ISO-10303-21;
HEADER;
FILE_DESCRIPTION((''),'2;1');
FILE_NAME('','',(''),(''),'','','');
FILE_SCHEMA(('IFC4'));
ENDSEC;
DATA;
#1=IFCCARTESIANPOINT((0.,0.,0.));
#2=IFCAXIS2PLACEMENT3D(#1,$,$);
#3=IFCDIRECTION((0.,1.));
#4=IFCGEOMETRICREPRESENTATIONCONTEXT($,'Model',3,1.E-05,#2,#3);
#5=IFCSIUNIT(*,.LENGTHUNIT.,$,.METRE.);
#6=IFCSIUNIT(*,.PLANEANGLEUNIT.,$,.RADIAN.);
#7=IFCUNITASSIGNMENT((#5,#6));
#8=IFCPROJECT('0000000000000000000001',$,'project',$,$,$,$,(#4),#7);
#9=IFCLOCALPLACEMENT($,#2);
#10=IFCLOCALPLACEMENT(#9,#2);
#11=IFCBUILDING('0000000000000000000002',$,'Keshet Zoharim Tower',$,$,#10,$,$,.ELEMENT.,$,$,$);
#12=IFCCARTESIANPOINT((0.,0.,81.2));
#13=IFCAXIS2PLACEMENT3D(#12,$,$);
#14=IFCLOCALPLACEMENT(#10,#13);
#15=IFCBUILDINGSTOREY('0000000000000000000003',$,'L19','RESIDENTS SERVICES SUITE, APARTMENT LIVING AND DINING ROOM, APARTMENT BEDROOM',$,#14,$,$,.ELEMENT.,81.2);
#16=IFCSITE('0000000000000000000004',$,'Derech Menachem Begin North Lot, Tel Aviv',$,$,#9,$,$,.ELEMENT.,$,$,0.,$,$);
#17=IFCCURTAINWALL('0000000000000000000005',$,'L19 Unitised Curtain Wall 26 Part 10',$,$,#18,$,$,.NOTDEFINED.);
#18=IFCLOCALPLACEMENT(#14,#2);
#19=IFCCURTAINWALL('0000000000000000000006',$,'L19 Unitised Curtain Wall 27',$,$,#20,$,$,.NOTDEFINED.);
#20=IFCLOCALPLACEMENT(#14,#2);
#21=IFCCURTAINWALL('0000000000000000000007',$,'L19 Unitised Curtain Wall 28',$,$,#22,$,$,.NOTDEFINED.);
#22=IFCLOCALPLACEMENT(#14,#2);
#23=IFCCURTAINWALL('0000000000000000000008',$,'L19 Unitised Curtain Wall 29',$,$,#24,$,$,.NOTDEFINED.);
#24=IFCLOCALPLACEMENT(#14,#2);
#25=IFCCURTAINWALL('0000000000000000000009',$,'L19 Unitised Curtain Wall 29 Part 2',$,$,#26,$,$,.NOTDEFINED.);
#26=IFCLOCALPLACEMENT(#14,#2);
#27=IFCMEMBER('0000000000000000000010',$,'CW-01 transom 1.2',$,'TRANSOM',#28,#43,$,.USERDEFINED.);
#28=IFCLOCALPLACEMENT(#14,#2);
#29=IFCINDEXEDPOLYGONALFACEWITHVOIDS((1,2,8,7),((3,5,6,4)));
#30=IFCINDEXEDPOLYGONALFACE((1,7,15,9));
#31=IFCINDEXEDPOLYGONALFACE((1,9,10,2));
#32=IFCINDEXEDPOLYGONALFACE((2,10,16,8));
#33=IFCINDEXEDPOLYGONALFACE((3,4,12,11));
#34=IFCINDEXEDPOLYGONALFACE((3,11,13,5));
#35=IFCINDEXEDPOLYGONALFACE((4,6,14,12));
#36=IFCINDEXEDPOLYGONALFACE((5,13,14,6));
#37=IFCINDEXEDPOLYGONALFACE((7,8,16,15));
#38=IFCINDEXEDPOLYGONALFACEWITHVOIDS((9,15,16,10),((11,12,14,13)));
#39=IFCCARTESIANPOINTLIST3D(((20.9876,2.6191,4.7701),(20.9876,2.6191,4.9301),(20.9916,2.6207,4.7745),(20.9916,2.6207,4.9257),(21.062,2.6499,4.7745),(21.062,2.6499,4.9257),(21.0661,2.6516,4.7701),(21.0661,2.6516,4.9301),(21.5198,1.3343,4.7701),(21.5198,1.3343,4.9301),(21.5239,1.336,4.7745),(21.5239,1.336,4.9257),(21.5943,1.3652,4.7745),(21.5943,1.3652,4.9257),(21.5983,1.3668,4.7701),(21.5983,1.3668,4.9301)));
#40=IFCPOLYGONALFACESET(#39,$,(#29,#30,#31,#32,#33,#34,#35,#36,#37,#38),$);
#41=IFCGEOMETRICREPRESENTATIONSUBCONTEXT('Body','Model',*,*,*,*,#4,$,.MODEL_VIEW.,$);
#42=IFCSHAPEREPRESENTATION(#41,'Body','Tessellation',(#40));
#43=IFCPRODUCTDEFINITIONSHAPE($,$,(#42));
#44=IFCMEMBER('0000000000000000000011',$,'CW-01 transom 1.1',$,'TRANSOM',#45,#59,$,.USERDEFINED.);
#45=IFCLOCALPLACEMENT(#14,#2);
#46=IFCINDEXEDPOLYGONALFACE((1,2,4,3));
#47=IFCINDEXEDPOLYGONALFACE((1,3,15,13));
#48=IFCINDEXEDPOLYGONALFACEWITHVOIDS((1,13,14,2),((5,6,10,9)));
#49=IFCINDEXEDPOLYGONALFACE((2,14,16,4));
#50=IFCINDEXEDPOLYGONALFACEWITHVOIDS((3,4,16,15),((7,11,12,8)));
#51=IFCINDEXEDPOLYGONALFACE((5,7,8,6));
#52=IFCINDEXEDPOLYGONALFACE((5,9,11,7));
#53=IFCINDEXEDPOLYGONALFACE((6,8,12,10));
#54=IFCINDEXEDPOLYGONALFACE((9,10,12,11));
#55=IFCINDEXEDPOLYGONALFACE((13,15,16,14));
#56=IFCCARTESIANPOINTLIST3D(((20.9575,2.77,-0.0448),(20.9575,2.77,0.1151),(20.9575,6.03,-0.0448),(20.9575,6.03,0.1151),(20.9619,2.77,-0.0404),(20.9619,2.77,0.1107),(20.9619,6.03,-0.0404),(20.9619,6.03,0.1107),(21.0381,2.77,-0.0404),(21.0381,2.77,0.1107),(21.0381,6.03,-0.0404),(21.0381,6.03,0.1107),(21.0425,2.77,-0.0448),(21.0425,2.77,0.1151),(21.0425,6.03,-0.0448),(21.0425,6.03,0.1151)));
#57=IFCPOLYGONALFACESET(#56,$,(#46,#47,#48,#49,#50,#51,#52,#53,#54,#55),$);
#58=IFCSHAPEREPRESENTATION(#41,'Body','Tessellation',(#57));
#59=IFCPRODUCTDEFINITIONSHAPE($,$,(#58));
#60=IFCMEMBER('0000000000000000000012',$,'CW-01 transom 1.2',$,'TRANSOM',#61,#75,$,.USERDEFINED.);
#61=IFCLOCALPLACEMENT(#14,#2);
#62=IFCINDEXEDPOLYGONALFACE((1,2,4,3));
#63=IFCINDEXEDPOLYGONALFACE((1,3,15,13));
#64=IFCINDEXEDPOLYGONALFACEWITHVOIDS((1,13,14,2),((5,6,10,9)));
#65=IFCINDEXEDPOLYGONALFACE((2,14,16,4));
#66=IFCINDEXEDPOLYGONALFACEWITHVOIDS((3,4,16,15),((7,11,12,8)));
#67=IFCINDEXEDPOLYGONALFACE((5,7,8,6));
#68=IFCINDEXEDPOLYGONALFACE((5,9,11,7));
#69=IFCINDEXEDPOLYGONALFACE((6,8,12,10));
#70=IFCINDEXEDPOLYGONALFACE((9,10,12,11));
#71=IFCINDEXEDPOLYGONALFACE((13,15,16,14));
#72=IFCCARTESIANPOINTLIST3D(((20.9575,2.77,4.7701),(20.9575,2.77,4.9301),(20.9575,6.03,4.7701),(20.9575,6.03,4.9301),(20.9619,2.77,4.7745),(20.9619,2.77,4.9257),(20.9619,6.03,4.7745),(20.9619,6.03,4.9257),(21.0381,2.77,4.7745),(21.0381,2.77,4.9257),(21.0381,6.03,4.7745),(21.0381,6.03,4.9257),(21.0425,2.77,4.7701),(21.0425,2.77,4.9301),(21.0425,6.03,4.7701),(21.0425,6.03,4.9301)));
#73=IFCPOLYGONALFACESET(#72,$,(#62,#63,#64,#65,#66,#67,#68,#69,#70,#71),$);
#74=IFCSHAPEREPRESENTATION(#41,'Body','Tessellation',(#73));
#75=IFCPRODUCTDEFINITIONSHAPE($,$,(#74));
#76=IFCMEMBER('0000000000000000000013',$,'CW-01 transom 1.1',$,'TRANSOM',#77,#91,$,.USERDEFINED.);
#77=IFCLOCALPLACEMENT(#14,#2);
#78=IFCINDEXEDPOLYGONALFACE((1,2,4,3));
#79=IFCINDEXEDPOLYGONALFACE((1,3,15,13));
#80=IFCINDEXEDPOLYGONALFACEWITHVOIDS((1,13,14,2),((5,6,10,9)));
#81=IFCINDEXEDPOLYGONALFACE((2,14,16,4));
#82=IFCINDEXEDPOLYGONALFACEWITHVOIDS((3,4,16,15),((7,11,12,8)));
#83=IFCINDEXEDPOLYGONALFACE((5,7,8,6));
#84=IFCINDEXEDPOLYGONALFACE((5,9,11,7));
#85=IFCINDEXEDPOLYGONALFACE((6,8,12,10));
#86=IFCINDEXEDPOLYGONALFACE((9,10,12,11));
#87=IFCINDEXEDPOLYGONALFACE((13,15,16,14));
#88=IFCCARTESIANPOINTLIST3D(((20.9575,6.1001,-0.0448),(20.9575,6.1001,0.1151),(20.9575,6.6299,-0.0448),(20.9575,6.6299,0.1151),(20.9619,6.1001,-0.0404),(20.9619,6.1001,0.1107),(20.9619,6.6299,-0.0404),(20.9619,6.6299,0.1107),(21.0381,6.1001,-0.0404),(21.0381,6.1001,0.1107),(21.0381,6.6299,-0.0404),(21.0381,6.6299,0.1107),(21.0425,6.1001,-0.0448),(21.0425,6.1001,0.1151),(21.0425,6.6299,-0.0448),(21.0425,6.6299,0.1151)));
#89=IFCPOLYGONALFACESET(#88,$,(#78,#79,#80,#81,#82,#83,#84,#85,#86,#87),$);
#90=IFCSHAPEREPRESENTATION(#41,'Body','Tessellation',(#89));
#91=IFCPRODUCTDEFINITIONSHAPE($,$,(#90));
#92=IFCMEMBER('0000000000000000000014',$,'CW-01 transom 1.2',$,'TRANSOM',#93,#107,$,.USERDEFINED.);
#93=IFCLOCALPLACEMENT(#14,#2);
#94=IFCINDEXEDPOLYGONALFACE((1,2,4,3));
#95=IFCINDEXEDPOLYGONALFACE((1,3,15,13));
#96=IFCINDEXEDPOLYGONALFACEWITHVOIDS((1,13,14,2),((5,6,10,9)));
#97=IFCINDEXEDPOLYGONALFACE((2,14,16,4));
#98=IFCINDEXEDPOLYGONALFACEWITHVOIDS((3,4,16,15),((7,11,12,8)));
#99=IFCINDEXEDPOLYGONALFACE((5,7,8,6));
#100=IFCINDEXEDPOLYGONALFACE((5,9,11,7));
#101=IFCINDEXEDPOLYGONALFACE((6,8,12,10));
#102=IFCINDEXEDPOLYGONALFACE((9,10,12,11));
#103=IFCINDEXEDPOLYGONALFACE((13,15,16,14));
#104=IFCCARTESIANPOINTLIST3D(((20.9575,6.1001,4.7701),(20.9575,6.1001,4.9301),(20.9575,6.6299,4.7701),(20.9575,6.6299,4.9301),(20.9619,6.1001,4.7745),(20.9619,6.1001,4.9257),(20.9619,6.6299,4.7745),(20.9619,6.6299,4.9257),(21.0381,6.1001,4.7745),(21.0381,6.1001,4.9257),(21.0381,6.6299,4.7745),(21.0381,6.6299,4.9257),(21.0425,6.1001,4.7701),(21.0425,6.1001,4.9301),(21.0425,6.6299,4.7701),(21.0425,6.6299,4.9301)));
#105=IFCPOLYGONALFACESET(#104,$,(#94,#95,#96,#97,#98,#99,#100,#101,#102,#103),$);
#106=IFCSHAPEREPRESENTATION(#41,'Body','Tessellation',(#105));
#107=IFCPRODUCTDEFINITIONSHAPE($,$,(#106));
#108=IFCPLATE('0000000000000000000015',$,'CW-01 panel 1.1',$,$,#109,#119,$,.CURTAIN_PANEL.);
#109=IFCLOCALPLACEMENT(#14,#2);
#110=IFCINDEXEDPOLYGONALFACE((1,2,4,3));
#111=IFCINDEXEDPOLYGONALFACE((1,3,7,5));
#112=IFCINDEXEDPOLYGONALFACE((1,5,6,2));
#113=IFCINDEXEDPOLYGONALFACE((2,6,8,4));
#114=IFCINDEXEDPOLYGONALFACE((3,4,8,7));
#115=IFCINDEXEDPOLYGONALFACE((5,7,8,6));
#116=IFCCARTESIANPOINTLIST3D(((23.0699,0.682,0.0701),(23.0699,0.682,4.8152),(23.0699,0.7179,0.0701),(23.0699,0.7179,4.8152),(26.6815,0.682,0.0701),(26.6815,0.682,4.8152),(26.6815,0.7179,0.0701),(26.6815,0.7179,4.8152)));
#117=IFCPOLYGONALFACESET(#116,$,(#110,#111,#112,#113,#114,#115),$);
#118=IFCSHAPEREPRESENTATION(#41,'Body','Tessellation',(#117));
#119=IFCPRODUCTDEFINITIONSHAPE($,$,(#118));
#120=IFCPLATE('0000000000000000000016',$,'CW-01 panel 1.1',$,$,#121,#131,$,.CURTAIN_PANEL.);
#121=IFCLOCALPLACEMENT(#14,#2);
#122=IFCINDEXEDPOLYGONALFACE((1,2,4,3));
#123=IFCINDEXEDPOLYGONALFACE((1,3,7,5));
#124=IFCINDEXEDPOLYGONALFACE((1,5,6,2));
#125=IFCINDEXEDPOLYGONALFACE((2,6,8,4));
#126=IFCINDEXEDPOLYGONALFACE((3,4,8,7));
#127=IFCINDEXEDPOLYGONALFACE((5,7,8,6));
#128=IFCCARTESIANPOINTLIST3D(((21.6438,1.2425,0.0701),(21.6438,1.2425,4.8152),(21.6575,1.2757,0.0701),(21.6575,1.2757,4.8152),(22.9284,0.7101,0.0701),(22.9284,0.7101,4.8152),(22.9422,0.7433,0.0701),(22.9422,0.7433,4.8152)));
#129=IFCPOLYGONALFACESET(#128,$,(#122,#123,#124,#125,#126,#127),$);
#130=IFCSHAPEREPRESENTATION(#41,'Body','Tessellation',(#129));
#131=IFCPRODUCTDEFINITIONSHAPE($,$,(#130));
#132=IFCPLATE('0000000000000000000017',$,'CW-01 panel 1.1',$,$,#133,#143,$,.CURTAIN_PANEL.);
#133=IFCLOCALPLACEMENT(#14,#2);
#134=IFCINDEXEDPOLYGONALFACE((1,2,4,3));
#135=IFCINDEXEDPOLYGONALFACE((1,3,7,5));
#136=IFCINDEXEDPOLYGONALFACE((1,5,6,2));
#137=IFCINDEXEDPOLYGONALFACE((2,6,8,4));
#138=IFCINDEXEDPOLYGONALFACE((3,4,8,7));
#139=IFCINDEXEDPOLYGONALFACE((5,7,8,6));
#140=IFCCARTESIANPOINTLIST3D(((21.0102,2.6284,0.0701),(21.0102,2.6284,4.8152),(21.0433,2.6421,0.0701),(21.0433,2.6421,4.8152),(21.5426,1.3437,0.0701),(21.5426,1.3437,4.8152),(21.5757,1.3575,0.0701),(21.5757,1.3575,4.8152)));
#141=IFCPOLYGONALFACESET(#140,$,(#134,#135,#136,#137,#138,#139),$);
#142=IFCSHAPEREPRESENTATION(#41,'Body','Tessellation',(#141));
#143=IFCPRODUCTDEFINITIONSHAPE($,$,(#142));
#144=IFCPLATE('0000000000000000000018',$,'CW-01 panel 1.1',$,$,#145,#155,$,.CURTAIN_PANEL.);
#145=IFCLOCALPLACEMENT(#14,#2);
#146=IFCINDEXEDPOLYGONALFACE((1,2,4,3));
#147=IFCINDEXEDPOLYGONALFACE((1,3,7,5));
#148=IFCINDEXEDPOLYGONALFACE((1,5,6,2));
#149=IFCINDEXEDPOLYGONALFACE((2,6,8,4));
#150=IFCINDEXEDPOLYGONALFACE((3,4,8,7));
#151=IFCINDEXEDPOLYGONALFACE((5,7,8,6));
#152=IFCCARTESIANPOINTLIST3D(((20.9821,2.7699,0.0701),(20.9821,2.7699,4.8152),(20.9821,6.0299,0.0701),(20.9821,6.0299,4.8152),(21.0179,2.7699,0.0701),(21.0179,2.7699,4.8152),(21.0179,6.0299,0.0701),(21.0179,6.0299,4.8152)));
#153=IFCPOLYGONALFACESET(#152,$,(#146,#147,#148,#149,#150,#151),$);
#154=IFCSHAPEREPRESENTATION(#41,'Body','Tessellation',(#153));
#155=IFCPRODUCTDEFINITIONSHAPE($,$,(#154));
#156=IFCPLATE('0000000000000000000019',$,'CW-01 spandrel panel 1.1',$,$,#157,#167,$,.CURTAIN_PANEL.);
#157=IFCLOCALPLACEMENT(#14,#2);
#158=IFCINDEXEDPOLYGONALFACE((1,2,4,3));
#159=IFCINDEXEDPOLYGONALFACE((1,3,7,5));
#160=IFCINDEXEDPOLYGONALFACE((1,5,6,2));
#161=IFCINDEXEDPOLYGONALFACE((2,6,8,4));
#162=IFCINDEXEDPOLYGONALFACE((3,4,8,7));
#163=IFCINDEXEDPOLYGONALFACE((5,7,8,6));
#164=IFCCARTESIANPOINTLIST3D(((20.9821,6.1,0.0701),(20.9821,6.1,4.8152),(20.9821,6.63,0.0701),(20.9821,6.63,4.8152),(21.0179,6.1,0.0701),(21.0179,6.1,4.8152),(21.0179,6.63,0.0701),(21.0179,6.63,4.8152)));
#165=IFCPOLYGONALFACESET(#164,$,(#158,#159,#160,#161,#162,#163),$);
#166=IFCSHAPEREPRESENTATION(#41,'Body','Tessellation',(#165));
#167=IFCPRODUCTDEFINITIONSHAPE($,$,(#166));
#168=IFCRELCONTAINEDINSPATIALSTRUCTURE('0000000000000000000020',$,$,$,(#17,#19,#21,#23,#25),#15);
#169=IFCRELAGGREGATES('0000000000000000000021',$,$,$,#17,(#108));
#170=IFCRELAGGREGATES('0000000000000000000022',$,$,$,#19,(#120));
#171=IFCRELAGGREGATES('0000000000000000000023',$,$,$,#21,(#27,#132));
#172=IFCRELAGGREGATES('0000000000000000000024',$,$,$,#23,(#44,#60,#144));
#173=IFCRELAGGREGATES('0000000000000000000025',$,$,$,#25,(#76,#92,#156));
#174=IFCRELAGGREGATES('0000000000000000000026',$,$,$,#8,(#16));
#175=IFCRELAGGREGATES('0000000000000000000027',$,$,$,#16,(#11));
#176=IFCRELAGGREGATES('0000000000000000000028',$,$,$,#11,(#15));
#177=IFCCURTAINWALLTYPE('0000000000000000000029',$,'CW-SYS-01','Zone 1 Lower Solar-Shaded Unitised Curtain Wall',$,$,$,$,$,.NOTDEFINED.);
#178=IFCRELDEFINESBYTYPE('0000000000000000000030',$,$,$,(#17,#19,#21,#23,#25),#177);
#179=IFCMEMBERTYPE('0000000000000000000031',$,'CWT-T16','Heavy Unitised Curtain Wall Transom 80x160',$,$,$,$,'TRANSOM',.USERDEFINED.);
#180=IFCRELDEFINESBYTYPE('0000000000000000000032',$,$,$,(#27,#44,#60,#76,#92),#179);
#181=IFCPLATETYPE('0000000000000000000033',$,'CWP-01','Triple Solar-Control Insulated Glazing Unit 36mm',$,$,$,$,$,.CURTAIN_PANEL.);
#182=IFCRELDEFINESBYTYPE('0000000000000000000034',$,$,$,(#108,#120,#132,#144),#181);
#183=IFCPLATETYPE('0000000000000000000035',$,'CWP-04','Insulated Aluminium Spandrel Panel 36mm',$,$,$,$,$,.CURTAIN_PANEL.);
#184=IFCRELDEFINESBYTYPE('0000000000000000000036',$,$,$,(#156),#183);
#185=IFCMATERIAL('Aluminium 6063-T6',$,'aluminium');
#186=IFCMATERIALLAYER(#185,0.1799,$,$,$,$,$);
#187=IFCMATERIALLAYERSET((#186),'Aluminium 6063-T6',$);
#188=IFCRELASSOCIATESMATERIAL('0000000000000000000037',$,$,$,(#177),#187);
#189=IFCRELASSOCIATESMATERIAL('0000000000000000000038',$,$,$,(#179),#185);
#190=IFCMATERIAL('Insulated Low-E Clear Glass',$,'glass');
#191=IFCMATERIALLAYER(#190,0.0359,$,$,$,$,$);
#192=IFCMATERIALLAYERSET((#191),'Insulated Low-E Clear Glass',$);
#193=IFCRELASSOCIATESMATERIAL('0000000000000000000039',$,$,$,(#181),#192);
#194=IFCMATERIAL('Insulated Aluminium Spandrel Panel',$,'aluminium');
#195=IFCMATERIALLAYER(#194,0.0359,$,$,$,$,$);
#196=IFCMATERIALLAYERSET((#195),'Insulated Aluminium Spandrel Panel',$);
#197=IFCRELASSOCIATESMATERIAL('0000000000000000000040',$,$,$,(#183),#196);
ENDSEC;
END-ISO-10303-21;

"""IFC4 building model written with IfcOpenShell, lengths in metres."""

from ifc_helpers import new_model, si_unit, direction, frame, origin, origin_2d, place, context, subcontext, project, spatial, rectangle, hollow_rectangle, extrude, material, layer, layer_set, material_profile, profile_set, type_object, element, aggregate, save


model = new_model("IFC4")

# Units and contexts
model_context = context("Model", 3, precision=1e-05, world=origin(), true_north=direction((0.0, 1.0)))
body_context = subcontext(model_context, "Body", "Model", "MODEL_VIEW")
ifc_project = project(units=[si_unit("LENGTHUNIT", "METRE"), si_unit("PLANEANGLEUNIT", "RADIAN")], contexts=[model_context])

# Site, building, storey
site_placement = place(None, origin())
site = spatial("IfcSite", under=ifc_project, at=site_placement, Name="Derech Menachem Begin North Lot, Tel Aviv", CompositionType="ELEMENT", RefElevation=0.0)
building_placement = place(site_placement, origin())
building = spatial("IfcBuilding", under=site, at=building_placement, Name="Keshet Zoharim Tower", CompositionType="ELEMENT")
storey_placement = place(building_placement, frame((0.0, 0.0, 81.2)))
storey = spatial("IfcBuildingStorey", under=building, at=storey_placement, Name="L19", Description="RESIDENTS SERVICES SUITE, APARTMENT LIVING AND DINING ROOM, APARTMENT BEDROOM", CompositionType="ELEMENT", Elevation=81.2)

# Curtain wall
ifc_material_1 = material(Name="Aluminium 6063-T6", Category="aluminium")
ifc_layer_1 = layer(ifc_material_1, 0.1799)
ifc_layer_set_1 = layer_set([ifc_layer_1], Name="Aluminium 6063-T6")
curtain_wall_type = type_object("IfcCurtainWallType", Name="CW-SYS-01", Description="Zone 1 Lower Solar-Shaded Unitised Curtain Wall", PredefinedType="NOTDEFINED", material=ifc_layer_set_1)
curtain_wall_1_placement = place(storey_placement, origin())
curtain_wall_1 = element("IfcCurtainWall", 1, at=curtain_wall_1_placement, inside=storey, type_object=curtain_wall_type, Name="L19 Unitised Curtain Wall 26 Part 10", PredefinedType="NOTDEFINED")

# Curtain walls
curtain_wall_2_placement = place(storey_placement, origin())
curtain_wall_2 = element("IfcCurtainWall", 2, at=curtain_wall_2_placement, inside=storey, type_object=curtain_wall_type, Name="L19 Unitised Curtain Wall 27", PredefinedType="NOTDEFINED")
curtain_wall_3_placement = place(storey_placement, origin())
curtain_wall_3 = element("IfcCurtainWall", 3, at=curtain_wall_3_placement, inside=storey, type_object=curtain_wall_type, Name="L19 Unitised Curtain Wall 28", PredefinedType="NOTDEFINED")
curtain_wall_4_placement = place(storey_placement, origin())
curtain_wall_4 = element("IfcCurtainWall", 4, at=curtain_wall_4_placement, inside=storey, type_object=curtain_wall_type, Name="L19 Unitised Curtain Wall 29", PredefinedType="NOTDEFINED")

# Curtain wall
curtain_wall_5_placement = place(storey_placement, origin())
curtain_wall_5 = element("IfcCurtainWall", 5, at=curtain_wall_5_placement, inside=storey, type_object=curtain_wall_type, Name="L19 Unitised Curtain Wall 29 Part 2", PredefinedType="NOTDEFINED")

# Members
ifc_material_profile_1 = material_profile(ifc_material_1, hollow_rectangle(XDim=0.085, YDim=0.1599, WallThickness=0.0044, at=origin_2d()), Name="TRN-85x160")
ifc_profile_set_1 = profile_set([ifc_material_profile_1], Name="Aluminium 6063-T6")
member_type_1 = type_object("IfcMemberType", Name="CWT-T16", Description="Heavy Unitised Curtain Wall Transom 80x160", ElementType="TRANSOM", PredefinedType="USERDEFINED", material=ifc_profile_set_1)
member_1_placement = place(storey_placement, frame((21.5591, 1.3506, 4.8501), z_axis=(-0.382745, 0.923854, 0.0), x_axis=(-0.923854, -0.382745, 0.0)))
member_1 = element("IfcMember", 6, at=member_1_placement, type_object=member_type_1, Name="CW-01 transom 1.2", ObjectType="TRANSOM", PredefinedType="USERDEFINED", context=body_context, shape_type="SweptSolid", body=[
    extrude(hollow_rectangle(XDim=0.085, YDim=0.1599, WallThickness=0.0044, at=origin_2d()), origin(), (0.0, 0.0, 1.0), 1.3906),
])
member_2_placement = place(storey_placement, frame((21.0, 2.77, 0.0352), z_axis=(0.0, 1.0, 0.0), x_axis=(-1.0, 0.0, 0.0)))
member_2 = element("IfcMember", 7, at=member_2_placement, type_object=member_type_1, Name="CW-01 transom 1.1", ObjectType="TRANSOM", PredefinedType="USERDEFINED", context=body_context, shape_type="SweptSolid", body=[
    extrude(hollow_rectangle(XDim=0.085, YDim=0.1599, WallThickness=0.0044, at=origin_2d()), origin(), (0.0, 0.0, 1.0), 3.26),
])
member_3_placement = place(storey_placement, frame((21.0, 2.77, 4.8501), z_axis=(0.0, 1.0, 0.0), x_axis=(-1.0, 0.0, 0.0)))
member_3 = element("IfcMember", 8, at=member_3_placement, type_object=member_type_1, Name="CW-01 transom 1.2", ObjectType="TRANSOM", PredefinedType="USERDEFINED", context=body_context, shape_type="SweptSolid", body=[
    extrude(hollow_rectangle(XDim=0.085, YDim=0.1599, WallThickness=0.0044, at=origin_2d()), origin(), (0.0, 0.0, 1.0), 3.26),
])
member_4_placement = place(storey_placement, frame((21.0, 6.1001, 0.0352), z_axis=(0.0, 1.0, 0.0), x_axis=(-1.0, 0.0, 0.0)))
member_4 = element("IfcMember", 9, at=member_4_placement, type_object=member_type_1, Name="CW-01 transom 1.1", ObjectType="TRANSOM", PredefinedType="USERDEFINED", context=body_context, shape_type="SweptSolid", body=[
    extrude(hollow_rectangle(XDim=0.085, YDim=0.1599, WallThickness=0.0044, at=origin_2d()), origin(), (0.0, 0.0, 1.0), 0.5298),
])
member_5_placement = place(storey_placement, frame((21.0, 6.1001, 4.8501), z_axis=(0.0, 1.0, 0.0), x_axis=(-1.0, 0.0, 0.0)))
member_5 = element("IfcMember", 10, at=member_5_placement, type_object=member_type_1, Name="CW-01 transom 1.2", ObjectType="TRANSOM", PredefinedType="USERDEFINED", context=body_context, shape_type="SweptSolid", body=[
    extrude(hollow_rectangle(XDim=0.085, YDim=0.1599, WallThickness=0.0044, at=origin_2d()), origin(), (0.0, 0.0, 1.0), 0.5298),
])

# Plates
ifc_material_2 = material(Name="Insulated Low-E Clear Glass", Category="glass")
ifc_layer_2 = layer(ifc_material_2, 0.0359)
ifc_layer_set_2 = layer_set([ifc_layer_2], Name="Insulated Low-E Clear Glass")
plate_type_1 = type_object("IfcPlateType", Name="CWP-01", Description="Triple Solar-Control Insulated Glazing Unit 36mm", PredefinedType="CURTAIN_PANEL", material=ifc_layer_set_2)
plate_1_placement = place(storey_placement, frame((24.8757, 0.7, 0.0701), z_axis=(0.0, 0.0, 1.0), x_axis=(-1.0, 0.0, 0.0)))
plate_1 = element("IfcPlate", 11, at=plate_1_placement, type_object=plate_type_1, Name="CW-01 panel 1.1", PredefinedType="CURTAIN_PANEL", context=body_context, shape_type="SweptSolid", body=[
    extrude(rectangle(XDim=3.6116, YDim=0.0359, at=origin_2d()), origin(), (0.0, 0.0, 1.0), 4.7451),
])
aggregate(curtain_wall_1, [plate_1])
plate_2_placement = place(storey_placement, frame((22.293, 0.9929, 0.0701), z_axis=(0.0, 0.0, 1.0), x_axis=(-0.92381, 0.382852, 0.0)))
plate_2 = element("IfcPlate", 12, at=plate_2_placement, type_object=plate_type_1, Name="CW-01 panel 1.1", PredefinedType="CURTAIN_PANEL", context=body_context, shape_type="SweptSolid", body=[
    extrude(rectangle(XDim=1.3906, YDim=0.0359, at=origin_2d()), origin(), (0.0, 0.0, 1.0), 4.7451),
])
aggregate(curtain_wall_2, [plate_2])
plate_3_placement = place(storey_placement, frame((21.293, 1.9929, 0.0701), z_axis=(0.0, 0.0, 1.0), x_axis=(-0.382852, 0.92381, 0.0)))
plate_3 = element("IfcPlate", 13, at=plate_3_placement, type_object=plate_type_1, Name="CW-01 panel 1.1", PredefinedType="CURTAIN_PANEL", context=body_context, shape_type="SweptSolid", body=[
    extrude(rectangle(XDim=1.3906, YDim=0.0359, at=origin_2d()), origin(), (0.0, 0.0, 1.0), 4.7451),
])
aggregate(curtain_wall_3, [member_1, plate_3])
plate_4_placement = place(storey_placement, frame((21.0, 4.3999, 0.0701), z_axis=(0.0, 0.0, 1.0), x_axis=(0.0, 1.0, 0.0)))
plate_4 = element("IfcPlate", 14, at=plate_4_placement, type_object=plate_type_1, Name="CW-01 panel 1.1", PredefinedType="CURTAIN_PANEL", context=body_context, shape_type="SweptSolid", body=[
    extrude(rectangle(XDim=3.26, YDim=0.0359, at=origin_2d()), origin(), (0.0, 0.0, 1.0), 4.7451),
])
aggregate(curtain_wall_4, [member_2, member_3, plate_4])
ifc_material_3 = material(Name="Insulated Aluminium Spandrel Panel", Category="aluminium")
ifc_layer_3 = layer(ifc_material_3, 0.0359)
ifc_layer_set_3 = layer_set([ifc_layer_3], Name="Insulated Aluminium Spandrel Panel")
plate_type_2 = type_object("IfcPlateType", Name="CWP-04", Description="Insulated Aluminium Spandrel Panel 36mm", PredefinedType="CURTAIN_PANEL", material=ifc_layer_set_3)
plate_5_placement = place(storey_placement, frame((21.0, 6.365, 0.0701), z_axis=(0.0, 0.0, 1.0), x_axis=(0.0, 1.0, 0.0)))
plate_5 = element("IfcPlate", 15, at=plate_5_placement, type_object=plate_type_2, Name="CW-01 spandrel panel 1.1", PredefinedType="CURTAIN_PANEL", context=body_context, shape_type="SweptSolid", body=[
    extrude(rectangle(XDim=0.53, YDim=0.0359, at=origin_2d()), origin(), (0.0, 0.0, 1.0), 4.7451),
])
aggregate(curtain_wall_5, [member_4, member_5, plate_5])

save(model, "model.ifc")
